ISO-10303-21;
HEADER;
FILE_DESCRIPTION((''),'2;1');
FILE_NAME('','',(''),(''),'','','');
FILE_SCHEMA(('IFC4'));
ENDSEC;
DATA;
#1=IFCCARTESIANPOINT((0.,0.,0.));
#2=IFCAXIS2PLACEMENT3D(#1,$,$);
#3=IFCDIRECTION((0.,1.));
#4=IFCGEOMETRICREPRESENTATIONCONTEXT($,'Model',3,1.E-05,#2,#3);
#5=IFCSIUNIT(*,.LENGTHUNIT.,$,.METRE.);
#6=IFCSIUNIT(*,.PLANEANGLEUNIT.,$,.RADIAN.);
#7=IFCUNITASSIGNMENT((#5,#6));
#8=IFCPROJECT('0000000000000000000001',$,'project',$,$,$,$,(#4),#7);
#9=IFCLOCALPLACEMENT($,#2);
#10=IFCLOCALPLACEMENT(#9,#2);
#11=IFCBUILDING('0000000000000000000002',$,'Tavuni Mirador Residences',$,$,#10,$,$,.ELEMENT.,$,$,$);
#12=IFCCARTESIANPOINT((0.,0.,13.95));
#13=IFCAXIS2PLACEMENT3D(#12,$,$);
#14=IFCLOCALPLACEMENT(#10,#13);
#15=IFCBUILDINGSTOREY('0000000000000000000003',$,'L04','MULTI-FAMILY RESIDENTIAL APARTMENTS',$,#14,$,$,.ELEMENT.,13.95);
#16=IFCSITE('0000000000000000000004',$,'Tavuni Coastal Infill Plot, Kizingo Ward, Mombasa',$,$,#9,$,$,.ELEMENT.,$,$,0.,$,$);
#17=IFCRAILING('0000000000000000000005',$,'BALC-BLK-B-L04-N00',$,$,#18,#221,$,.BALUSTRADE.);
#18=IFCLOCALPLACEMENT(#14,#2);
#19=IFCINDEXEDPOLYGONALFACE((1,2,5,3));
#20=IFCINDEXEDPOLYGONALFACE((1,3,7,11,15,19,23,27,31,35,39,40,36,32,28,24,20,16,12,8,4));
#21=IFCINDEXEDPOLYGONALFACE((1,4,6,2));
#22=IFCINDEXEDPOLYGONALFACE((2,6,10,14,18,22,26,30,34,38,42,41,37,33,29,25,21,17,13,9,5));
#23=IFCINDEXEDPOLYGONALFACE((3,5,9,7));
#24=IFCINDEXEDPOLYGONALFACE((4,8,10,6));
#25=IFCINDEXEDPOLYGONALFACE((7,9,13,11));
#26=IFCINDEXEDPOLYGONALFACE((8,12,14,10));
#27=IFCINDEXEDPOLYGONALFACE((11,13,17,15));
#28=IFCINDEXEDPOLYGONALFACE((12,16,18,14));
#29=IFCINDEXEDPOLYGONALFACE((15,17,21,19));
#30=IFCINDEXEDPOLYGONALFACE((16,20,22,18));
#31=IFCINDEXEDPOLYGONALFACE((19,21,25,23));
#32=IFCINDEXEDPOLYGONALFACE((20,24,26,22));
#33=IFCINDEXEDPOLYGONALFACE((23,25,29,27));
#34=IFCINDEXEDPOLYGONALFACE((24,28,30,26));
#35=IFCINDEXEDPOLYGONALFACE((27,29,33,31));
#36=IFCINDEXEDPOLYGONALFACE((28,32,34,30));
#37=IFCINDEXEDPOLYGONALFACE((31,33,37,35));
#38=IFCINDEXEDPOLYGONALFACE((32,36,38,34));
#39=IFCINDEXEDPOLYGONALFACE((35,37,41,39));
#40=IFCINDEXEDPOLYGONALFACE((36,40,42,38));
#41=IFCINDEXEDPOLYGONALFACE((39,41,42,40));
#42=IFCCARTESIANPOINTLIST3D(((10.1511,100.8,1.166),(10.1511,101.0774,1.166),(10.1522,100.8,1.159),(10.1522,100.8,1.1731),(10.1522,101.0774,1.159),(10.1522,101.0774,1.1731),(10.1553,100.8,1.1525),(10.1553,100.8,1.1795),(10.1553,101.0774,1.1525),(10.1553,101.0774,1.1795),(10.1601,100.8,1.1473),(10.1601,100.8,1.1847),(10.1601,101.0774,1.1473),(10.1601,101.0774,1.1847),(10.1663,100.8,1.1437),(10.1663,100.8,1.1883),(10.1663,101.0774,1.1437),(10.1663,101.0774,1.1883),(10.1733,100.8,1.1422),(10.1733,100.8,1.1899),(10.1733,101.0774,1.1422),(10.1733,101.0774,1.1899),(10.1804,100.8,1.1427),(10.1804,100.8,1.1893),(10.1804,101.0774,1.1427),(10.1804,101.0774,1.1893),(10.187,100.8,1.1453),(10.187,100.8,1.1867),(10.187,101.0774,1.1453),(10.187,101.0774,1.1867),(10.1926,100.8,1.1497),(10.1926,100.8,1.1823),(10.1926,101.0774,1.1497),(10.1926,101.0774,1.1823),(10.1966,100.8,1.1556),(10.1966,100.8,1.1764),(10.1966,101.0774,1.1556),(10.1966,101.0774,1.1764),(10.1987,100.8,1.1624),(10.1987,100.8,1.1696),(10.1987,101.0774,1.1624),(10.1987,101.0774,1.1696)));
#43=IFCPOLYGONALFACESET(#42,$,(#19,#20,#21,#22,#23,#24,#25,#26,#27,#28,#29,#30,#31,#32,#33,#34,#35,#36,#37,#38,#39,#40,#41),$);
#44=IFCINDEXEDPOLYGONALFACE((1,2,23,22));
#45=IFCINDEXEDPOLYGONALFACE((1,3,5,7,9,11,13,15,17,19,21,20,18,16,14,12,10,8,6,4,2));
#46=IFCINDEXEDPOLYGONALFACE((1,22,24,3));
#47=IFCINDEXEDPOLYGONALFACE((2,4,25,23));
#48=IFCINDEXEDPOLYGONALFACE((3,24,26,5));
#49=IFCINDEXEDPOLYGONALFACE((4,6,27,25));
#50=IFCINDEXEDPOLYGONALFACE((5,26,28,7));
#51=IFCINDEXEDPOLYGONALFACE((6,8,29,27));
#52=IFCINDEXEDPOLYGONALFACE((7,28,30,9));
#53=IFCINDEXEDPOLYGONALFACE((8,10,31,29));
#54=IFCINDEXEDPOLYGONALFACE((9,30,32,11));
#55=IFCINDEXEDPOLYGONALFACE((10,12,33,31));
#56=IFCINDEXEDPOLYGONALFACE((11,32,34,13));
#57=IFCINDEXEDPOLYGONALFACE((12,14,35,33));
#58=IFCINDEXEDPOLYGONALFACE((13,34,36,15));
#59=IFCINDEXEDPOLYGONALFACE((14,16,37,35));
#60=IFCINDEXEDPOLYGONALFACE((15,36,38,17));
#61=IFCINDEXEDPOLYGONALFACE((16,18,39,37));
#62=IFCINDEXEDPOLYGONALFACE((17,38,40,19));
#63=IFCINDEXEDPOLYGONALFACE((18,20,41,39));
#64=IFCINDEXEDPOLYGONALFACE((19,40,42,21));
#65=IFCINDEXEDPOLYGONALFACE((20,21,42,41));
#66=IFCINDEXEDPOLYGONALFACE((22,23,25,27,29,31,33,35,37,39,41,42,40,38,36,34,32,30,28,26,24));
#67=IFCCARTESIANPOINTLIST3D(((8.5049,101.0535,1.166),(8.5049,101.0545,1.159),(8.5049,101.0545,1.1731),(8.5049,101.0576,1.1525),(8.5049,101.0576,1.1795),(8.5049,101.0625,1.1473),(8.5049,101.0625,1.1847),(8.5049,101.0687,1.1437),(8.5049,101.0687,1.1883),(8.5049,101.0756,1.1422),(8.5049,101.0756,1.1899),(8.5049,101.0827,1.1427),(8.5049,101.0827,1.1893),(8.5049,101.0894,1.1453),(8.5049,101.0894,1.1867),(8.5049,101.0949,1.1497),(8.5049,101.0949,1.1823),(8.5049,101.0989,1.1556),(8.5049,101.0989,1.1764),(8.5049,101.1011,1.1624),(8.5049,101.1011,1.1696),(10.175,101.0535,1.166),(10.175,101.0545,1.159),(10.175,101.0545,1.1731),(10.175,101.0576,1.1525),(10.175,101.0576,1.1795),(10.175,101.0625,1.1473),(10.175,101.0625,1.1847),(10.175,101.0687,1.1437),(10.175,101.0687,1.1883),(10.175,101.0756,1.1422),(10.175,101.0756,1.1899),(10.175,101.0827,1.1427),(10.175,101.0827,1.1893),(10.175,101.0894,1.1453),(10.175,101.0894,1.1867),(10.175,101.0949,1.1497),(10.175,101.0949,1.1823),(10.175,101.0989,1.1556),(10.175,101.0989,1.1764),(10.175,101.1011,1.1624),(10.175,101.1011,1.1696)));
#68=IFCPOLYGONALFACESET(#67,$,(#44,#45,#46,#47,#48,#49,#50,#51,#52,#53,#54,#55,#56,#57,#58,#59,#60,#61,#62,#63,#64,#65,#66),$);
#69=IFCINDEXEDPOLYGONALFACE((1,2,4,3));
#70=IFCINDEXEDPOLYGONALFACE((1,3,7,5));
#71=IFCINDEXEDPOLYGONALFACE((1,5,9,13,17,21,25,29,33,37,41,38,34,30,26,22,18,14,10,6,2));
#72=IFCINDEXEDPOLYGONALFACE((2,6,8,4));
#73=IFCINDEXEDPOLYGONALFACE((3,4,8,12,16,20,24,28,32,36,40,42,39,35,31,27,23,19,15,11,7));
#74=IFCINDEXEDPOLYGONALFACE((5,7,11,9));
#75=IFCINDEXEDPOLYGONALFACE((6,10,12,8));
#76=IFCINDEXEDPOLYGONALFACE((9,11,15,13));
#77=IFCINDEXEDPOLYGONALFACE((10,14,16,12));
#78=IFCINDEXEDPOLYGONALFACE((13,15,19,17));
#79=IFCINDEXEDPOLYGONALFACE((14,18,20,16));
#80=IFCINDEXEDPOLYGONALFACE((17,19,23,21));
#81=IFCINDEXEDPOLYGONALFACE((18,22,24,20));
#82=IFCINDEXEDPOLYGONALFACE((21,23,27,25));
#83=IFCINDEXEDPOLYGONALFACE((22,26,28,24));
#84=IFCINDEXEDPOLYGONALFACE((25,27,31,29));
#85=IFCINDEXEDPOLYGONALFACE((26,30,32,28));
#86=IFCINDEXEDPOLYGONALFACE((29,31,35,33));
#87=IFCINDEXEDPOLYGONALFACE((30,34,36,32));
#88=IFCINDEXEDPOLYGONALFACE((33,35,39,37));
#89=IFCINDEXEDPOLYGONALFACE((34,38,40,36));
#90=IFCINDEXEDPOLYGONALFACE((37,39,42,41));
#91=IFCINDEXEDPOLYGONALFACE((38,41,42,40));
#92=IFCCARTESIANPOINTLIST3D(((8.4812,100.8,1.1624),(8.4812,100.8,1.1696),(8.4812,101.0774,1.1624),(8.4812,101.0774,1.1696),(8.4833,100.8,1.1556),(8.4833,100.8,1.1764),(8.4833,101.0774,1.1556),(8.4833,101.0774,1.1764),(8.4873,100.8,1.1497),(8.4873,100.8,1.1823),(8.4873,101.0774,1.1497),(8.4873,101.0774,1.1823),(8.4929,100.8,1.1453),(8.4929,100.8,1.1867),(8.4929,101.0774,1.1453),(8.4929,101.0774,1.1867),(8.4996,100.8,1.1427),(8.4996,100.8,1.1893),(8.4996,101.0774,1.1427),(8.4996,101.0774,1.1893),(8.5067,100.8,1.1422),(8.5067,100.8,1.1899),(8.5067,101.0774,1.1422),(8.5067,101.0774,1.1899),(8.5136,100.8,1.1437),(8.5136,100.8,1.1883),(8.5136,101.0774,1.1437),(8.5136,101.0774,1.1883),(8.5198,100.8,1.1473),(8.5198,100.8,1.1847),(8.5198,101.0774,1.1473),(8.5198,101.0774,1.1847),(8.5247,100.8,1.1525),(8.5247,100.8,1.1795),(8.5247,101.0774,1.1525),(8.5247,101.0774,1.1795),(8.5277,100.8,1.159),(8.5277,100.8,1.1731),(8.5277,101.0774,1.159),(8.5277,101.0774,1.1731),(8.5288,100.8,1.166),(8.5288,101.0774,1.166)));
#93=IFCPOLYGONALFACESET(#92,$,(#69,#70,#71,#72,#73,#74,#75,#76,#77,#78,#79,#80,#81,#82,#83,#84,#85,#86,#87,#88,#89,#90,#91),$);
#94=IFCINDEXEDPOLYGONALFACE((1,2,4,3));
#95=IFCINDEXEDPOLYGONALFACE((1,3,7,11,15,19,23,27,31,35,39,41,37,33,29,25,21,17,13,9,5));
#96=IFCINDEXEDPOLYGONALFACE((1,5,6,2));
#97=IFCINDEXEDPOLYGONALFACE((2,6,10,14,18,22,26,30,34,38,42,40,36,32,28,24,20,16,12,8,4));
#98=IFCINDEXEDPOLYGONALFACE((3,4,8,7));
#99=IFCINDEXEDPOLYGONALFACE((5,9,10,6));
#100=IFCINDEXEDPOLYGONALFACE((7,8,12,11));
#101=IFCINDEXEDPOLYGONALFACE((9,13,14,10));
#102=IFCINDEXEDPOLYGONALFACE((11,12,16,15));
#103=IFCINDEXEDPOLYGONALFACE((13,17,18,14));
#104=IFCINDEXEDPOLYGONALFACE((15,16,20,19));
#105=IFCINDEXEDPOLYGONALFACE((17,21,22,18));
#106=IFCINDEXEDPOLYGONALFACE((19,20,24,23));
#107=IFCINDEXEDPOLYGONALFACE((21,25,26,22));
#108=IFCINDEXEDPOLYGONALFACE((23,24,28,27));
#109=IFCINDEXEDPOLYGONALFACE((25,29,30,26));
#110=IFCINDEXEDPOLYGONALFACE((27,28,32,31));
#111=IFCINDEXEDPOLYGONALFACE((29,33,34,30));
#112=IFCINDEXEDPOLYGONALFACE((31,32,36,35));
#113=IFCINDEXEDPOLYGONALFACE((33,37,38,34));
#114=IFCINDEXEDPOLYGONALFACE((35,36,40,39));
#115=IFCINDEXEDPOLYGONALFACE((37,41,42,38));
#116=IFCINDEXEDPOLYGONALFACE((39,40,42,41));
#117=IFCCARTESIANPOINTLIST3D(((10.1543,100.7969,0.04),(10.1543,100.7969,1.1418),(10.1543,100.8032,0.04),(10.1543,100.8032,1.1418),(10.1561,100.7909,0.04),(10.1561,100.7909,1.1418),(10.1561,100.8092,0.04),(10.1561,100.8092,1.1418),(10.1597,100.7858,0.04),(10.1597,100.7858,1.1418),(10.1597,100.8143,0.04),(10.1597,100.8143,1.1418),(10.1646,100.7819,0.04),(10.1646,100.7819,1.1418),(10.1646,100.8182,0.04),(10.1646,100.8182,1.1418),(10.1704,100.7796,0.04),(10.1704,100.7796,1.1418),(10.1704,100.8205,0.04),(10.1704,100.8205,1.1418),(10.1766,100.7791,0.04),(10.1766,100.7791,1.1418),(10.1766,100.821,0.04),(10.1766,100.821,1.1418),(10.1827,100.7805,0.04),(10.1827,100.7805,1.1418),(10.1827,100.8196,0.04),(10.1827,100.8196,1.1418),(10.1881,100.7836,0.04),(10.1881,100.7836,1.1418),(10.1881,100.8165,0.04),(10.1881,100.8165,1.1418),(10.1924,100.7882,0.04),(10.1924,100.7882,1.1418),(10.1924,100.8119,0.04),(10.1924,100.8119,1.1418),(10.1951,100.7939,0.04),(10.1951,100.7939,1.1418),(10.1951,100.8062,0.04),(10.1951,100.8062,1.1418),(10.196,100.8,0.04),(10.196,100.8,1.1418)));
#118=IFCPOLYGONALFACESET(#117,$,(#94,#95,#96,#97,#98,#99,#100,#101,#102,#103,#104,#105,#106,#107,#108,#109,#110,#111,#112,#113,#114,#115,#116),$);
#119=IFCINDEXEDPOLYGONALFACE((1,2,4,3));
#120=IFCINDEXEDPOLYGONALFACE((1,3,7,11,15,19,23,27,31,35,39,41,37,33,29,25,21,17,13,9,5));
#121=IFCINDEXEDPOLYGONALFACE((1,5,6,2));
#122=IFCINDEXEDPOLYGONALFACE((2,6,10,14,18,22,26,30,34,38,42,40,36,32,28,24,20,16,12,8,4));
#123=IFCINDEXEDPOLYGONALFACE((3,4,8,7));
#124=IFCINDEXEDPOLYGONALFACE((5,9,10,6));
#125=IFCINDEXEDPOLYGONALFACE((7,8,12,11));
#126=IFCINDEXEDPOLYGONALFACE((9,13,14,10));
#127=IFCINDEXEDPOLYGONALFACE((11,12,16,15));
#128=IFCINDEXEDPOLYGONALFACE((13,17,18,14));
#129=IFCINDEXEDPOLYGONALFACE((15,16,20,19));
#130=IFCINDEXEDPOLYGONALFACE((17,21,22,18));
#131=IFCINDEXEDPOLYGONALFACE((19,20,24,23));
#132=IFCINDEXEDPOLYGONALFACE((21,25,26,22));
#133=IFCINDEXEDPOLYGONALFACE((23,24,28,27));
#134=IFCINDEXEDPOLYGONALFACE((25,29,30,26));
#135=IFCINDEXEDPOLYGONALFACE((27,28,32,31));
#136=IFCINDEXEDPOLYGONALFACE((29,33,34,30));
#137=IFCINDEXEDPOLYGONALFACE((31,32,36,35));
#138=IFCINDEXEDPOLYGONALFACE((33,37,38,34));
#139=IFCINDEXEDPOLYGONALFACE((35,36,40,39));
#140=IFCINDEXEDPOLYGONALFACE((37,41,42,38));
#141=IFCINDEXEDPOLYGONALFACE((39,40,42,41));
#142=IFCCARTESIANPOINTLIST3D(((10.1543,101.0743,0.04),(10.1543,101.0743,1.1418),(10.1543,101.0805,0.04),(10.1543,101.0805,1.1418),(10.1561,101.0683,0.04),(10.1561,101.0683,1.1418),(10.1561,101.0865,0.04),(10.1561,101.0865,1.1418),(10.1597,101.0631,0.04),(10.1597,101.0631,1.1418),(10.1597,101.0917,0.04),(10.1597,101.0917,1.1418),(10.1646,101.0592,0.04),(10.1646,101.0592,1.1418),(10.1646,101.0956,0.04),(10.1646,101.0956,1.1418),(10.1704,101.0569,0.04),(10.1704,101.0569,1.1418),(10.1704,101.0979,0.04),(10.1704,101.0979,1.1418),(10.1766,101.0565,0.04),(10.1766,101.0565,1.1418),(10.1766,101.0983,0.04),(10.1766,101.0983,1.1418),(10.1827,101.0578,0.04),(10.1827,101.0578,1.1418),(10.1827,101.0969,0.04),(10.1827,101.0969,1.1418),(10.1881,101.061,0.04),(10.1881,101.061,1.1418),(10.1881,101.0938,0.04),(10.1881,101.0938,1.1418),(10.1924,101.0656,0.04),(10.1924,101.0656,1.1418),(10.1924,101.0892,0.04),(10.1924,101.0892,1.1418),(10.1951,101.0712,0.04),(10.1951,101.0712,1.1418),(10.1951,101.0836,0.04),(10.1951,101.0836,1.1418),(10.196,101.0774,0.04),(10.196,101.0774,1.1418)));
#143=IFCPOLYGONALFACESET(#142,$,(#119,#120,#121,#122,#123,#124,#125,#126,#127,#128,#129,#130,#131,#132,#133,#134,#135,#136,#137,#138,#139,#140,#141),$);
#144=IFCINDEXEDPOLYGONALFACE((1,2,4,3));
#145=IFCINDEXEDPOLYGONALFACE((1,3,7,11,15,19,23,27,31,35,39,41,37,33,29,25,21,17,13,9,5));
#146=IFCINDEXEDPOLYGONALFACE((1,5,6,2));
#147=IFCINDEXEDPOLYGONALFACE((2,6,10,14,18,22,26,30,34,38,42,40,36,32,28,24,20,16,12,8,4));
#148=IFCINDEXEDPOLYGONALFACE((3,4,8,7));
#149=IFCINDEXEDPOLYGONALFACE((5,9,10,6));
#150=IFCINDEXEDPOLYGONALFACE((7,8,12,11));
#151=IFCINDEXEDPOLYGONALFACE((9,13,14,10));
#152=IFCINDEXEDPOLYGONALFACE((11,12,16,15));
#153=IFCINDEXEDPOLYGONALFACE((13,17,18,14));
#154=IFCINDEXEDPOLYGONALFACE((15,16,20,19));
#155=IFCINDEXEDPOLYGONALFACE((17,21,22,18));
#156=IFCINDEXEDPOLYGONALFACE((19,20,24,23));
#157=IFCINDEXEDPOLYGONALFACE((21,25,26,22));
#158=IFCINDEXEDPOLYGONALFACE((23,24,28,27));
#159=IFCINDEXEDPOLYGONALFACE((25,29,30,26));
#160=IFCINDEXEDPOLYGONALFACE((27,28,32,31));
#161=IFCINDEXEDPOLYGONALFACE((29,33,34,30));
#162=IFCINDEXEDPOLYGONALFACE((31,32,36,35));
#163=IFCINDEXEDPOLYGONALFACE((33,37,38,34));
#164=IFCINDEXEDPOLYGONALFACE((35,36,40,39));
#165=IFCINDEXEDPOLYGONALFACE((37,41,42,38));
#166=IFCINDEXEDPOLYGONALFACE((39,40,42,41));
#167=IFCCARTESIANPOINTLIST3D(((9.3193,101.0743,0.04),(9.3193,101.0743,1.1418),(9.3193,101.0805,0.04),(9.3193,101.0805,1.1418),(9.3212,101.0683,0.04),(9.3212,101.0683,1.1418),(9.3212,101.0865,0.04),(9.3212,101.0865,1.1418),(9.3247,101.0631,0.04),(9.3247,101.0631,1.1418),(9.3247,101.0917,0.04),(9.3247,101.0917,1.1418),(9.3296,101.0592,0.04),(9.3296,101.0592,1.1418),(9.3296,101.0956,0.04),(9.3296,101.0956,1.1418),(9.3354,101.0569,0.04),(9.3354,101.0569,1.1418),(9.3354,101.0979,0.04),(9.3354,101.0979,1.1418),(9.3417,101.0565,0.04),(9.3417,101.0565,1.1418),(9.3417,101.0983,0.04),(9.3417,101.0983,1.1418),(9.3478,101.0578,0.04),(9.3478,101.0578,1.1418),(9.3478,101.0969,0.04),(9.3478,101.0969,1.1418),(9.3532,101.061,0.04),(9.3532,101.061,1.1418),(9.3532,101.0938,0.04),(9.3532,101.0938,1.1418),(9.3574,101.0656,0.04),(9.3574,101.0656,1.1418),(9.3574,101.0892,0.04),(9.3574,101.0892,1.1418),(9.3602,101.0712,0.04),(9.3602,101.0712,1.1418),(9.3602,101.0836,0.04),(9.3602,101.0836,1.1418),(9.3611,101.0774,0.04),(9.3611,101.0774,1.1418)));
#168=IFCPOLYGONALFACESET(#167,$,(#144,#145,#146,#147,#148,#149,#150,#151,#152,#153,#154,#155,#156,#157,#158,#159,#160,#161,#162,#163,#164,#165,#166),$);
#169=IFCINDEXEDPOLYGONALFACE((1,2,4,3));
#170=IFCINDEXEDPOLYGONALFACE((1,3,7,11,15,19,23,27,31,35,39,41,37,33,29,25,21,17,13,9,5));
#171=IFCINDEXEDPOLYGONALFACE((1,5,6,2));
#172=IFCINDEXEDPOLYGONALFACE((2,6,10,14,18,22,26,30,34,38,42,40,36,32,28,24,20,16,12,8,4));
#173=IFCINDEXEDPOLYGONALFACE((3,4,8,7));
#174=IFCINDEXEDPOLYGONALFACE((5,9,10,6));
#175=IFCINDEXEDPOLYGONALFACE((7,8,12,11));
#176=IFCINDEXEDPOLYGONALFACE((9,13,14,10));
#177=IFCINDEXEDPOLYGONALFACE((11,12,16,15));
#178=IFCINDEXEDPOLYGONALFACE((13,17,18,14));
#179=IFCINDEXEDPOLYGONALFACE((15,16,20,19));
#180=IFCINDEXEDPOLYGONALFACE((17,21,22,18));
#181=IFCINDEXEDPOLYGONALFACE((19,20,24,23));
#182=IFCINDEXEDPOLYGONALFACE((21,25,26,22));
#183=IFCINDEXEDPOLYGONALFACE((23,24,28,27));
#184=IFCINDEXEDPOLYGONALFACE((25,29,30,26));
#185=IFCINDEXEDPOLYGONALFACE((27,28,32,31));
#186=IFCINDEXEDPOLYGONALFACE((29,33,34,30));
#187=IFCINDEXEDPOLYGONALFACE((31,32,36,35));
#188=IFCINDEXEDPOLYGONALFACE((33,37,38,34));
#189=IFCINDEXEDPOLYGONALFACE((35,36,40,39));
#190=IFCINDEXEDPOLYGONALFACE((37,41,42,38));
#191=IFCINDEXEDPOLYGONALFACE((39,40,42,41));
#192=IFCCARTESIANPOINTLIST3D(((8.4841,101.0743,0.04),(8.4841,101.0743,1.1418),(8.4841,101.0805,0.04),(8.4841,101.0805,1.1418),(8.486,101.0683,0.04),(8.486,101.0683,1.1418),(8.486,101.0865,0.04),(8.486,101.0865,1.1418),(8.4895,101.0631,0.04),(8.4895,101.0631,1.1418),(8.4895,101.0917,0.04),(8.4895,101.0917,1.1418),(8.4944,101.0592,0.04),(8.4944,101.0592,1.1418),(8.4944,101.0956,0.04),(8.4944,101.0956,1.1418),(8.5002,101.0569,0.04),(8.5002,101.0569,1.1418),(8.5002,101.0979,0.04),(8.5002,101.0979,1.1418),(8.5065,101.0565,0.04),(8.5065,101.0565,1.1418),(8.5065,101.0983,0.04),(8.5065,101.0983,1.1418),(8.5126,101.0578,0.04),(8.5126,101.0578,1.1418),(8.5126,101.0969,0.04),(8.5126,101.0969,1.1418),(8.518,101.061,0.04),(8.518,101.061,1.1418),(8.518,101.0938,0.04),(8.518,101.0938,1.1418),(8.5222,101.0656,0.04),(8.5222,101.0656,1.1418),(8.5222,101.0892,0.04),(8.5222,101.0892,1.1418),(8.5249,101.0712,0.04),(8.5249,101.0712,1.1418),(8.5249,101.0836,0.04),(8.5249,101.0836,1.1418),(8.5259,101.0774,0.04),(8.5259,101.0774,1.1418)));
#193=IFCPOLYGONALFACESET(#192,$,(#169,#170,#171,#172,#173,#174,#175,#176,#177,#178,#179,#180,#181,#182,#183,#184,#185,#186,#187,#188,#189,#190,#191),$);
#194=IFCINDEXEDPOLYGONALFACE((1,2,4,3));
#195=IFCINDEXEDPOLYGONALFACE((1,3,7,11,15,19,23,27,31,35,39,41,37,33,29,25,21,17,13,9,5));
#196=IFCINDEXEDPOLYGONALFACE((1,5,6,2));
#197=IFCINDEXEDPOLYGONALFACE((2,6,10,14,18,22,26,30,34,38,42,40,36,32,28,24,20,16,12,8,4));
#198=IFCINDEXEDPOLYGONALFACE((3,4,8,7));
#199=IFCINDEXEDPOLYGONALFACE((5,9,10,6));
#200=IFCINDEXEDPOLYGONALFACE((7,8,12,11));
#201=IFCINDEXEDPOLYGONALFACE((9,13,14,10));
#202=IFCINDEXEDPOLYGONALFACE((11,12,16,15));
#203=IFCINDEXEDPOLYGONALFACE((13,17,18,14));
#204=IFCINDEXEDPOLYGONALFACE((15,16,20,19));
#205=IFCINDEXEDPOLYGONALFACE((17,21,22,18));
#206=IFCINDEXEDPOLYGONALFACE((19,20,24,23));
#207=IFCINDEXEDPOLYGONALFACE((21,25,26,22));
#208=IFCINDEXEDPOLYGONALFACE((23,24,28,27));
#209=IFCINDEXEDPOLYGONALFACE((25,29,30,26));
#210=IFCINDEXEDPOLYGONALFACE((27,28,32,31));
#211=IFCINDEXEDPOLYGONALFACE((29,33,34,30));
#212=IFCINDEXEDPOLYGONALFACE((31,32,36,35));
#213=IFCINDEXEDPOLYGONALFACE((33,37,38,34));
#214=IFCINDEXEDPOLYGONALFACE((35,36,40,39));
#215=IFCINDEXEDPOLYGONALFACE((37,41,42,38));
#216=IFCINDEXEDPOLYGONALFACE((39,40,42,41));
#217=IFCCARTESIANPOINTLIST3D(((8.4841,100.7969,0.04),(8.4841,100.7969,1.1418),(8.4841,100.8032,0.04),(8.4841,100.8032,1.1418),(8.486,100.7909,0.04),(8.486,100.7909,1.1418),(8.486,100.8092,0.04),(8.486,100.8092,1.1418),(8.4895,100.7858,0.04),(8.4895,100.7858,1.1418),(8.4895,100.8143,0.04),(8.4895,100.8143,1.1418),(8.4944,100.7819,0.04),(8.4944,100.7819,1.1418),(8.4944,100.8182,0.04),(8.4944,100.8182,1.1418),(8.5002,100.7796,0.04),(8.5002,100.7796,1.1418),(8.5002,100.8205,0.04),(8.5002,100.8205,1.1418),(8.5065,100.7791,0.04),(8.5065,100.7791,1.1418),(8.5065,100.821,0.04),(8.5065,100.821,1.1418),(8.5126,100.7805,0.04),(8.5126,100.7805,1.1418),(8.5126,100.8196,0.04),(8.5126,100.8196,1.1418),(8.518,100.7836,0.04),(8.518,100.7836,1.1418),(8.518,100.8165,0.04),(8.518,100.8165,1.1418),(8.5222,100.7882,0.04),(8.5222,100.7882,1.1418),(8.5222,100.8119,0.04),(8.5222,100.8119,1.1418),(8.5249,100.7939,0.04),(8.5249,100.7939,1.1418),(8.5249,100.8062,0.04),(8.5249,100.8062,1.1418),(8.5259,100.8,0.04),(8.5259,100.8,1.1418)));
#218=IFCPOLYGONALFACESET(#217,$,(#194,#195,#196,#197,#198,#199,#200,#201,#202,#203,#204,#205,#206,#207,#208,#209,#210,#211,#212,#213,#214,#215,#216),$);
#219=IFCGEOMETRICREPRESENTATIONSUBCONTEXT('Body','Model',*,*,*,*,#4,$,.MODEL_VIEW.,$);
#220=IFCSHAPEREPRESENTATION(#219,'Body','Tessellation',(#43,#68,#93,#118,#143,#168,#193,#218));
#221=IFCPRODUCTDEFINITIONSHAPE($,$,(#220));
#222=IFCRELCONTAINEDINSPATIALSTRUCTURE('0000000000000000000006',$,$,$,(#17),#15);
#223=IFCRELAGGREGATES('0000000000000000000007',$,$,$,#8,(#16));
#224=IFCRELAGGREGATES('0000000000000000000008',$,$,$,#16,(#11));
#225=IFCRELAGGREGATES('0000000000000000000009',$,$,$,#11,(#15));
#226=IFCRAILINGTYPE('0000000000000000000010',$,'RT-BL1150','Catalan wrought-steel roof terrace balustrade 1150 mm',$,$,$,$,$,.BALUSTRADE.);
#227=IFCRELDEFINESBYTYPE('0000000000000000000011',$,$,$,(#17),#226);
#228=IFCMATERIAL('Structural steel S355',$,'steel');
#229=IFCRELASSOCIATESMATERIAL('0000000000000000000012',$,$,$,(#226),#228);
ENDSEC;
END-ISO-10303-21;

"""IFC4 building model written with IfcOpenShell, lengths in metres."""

from ifc_helpers import new_model, si_unit, direction, frame, origin, origin_2d, place, context, subcontext, project, spatial, circle, extrude, material, type_object, element, save


model = new_model("IFC4")

# Units and contexts
model_context = context("Model", 3, precision=1e-05, world=origin(), true_north=direction((0.0, 1.0)))
body_context = subcontext(model_context, "Body", "Model", "MODEL_VIEW")
ifc_project = project(units=[si_unit("LENGTHUNIT", "METRE"), si_unit("PLANEANGLEUNIT", "RADIAN")], contexts=[model_context])

# Site, building, storey
site_placement = place(None, origin())
site = spatial("IfcSite", under=ifc_project, at=site_placement, Name="Tavuni Coastal Infill Plot, Kizingo Ward, Mombasa", CompositionType="ELEMENT", RefElevation=0.0)
building_placement = place(site_placement, origin())
building = spatial("IfcBuilding", under=site, at=building_placement, Name="Tavuni Mirador Residences", CompositionType="ELEMENT")
storey_placement = place(building_placement, frame((0.0, 0.0, 13.95)))
storey = spatial("IfcBuildingStorey", under=building, at=storey_placement, Name="L04", Description="MULTI-FAMILY RESIDENTIAL APARTMENTS", CompositionType="ELEMENT", Elevation=13.95)

# Railing
ifc_material_1 = material(Name="Structural steel S355", Category="steel")
railing_type = type_object("IfcRailingType", Name="RT-BL1150", Description="Catalan wrought-steel roof terrace balustrade 1150 mm", PredefinedType="BALUSTRADE", material=ifc_material_1)
railing_placement = place(storey_placement, frame((10.175, 100.8, 0.04)))
element("IfcRailing", 1, at=railing_placement, inside=storey, type_object=railing_type, Name="BALC-BLK-B-L04-N00", PredefinedType="BALUSTRADE", context=body_context, shape_type="SweptSolid", body=[
    extrude(circle(Radius=0.0239, at=origin_2d()), frame((0.0, 0.0, 1.126), z_axis=(0.0, 1.0, 0.0), x_axis=(-1.0, 0.0, 0.0)), (0.0, 0.0, 1.0), 0.2773),
    extrude(circle(Radius=0.0239, at=origin_2d()), frame((0.0, 0.2773, 1.126), z_axis=(-1.0, 0.0, 0.0), x_axis=(0.0, -1.0, 0.0)), (0.0, 0.0, 1.0), 1.6702),
    extrude(circle(Radius=0.0239, at=origin_2d()), frame((-1.6702, 0.2773, 1.126), z_axis=(0.0, -1.0, 0.0), x_axis=(1.0, 0.0, 0.0)), (0.0, 0.0, 1.0), 0.2773),
    extrude(circle(Radius=0.021, at=origin_2d()), origin(), (0.0, 0.0, 1.0), 1.1018),
    extrude(circle(Radius=0.021, at=origin_2d()), frame((0.0, 0.2773, 0.0)), (0.0, 0.0, 1.0), 1.1018),
    extrude(circle(Radius=0.021, at=origin_2d()), frame((-0.835, 0.2773, 0.0)), (0.0, 0.0, 1.0), 1.1018),
    extrude(circle(Radius=0.021, at=origin_2d()), frame((-1.6702, 0.2773, 0.0)), (0.0, 0.0, 1.0), 1.1018),
    extrude(circle(Radius=0.021, at=origin_2d()), frame((-1.6702, 0.0, 0.0)), (0.0, 0.0, 1.0), 1.1018),
])

save(model, "model.ifc")
